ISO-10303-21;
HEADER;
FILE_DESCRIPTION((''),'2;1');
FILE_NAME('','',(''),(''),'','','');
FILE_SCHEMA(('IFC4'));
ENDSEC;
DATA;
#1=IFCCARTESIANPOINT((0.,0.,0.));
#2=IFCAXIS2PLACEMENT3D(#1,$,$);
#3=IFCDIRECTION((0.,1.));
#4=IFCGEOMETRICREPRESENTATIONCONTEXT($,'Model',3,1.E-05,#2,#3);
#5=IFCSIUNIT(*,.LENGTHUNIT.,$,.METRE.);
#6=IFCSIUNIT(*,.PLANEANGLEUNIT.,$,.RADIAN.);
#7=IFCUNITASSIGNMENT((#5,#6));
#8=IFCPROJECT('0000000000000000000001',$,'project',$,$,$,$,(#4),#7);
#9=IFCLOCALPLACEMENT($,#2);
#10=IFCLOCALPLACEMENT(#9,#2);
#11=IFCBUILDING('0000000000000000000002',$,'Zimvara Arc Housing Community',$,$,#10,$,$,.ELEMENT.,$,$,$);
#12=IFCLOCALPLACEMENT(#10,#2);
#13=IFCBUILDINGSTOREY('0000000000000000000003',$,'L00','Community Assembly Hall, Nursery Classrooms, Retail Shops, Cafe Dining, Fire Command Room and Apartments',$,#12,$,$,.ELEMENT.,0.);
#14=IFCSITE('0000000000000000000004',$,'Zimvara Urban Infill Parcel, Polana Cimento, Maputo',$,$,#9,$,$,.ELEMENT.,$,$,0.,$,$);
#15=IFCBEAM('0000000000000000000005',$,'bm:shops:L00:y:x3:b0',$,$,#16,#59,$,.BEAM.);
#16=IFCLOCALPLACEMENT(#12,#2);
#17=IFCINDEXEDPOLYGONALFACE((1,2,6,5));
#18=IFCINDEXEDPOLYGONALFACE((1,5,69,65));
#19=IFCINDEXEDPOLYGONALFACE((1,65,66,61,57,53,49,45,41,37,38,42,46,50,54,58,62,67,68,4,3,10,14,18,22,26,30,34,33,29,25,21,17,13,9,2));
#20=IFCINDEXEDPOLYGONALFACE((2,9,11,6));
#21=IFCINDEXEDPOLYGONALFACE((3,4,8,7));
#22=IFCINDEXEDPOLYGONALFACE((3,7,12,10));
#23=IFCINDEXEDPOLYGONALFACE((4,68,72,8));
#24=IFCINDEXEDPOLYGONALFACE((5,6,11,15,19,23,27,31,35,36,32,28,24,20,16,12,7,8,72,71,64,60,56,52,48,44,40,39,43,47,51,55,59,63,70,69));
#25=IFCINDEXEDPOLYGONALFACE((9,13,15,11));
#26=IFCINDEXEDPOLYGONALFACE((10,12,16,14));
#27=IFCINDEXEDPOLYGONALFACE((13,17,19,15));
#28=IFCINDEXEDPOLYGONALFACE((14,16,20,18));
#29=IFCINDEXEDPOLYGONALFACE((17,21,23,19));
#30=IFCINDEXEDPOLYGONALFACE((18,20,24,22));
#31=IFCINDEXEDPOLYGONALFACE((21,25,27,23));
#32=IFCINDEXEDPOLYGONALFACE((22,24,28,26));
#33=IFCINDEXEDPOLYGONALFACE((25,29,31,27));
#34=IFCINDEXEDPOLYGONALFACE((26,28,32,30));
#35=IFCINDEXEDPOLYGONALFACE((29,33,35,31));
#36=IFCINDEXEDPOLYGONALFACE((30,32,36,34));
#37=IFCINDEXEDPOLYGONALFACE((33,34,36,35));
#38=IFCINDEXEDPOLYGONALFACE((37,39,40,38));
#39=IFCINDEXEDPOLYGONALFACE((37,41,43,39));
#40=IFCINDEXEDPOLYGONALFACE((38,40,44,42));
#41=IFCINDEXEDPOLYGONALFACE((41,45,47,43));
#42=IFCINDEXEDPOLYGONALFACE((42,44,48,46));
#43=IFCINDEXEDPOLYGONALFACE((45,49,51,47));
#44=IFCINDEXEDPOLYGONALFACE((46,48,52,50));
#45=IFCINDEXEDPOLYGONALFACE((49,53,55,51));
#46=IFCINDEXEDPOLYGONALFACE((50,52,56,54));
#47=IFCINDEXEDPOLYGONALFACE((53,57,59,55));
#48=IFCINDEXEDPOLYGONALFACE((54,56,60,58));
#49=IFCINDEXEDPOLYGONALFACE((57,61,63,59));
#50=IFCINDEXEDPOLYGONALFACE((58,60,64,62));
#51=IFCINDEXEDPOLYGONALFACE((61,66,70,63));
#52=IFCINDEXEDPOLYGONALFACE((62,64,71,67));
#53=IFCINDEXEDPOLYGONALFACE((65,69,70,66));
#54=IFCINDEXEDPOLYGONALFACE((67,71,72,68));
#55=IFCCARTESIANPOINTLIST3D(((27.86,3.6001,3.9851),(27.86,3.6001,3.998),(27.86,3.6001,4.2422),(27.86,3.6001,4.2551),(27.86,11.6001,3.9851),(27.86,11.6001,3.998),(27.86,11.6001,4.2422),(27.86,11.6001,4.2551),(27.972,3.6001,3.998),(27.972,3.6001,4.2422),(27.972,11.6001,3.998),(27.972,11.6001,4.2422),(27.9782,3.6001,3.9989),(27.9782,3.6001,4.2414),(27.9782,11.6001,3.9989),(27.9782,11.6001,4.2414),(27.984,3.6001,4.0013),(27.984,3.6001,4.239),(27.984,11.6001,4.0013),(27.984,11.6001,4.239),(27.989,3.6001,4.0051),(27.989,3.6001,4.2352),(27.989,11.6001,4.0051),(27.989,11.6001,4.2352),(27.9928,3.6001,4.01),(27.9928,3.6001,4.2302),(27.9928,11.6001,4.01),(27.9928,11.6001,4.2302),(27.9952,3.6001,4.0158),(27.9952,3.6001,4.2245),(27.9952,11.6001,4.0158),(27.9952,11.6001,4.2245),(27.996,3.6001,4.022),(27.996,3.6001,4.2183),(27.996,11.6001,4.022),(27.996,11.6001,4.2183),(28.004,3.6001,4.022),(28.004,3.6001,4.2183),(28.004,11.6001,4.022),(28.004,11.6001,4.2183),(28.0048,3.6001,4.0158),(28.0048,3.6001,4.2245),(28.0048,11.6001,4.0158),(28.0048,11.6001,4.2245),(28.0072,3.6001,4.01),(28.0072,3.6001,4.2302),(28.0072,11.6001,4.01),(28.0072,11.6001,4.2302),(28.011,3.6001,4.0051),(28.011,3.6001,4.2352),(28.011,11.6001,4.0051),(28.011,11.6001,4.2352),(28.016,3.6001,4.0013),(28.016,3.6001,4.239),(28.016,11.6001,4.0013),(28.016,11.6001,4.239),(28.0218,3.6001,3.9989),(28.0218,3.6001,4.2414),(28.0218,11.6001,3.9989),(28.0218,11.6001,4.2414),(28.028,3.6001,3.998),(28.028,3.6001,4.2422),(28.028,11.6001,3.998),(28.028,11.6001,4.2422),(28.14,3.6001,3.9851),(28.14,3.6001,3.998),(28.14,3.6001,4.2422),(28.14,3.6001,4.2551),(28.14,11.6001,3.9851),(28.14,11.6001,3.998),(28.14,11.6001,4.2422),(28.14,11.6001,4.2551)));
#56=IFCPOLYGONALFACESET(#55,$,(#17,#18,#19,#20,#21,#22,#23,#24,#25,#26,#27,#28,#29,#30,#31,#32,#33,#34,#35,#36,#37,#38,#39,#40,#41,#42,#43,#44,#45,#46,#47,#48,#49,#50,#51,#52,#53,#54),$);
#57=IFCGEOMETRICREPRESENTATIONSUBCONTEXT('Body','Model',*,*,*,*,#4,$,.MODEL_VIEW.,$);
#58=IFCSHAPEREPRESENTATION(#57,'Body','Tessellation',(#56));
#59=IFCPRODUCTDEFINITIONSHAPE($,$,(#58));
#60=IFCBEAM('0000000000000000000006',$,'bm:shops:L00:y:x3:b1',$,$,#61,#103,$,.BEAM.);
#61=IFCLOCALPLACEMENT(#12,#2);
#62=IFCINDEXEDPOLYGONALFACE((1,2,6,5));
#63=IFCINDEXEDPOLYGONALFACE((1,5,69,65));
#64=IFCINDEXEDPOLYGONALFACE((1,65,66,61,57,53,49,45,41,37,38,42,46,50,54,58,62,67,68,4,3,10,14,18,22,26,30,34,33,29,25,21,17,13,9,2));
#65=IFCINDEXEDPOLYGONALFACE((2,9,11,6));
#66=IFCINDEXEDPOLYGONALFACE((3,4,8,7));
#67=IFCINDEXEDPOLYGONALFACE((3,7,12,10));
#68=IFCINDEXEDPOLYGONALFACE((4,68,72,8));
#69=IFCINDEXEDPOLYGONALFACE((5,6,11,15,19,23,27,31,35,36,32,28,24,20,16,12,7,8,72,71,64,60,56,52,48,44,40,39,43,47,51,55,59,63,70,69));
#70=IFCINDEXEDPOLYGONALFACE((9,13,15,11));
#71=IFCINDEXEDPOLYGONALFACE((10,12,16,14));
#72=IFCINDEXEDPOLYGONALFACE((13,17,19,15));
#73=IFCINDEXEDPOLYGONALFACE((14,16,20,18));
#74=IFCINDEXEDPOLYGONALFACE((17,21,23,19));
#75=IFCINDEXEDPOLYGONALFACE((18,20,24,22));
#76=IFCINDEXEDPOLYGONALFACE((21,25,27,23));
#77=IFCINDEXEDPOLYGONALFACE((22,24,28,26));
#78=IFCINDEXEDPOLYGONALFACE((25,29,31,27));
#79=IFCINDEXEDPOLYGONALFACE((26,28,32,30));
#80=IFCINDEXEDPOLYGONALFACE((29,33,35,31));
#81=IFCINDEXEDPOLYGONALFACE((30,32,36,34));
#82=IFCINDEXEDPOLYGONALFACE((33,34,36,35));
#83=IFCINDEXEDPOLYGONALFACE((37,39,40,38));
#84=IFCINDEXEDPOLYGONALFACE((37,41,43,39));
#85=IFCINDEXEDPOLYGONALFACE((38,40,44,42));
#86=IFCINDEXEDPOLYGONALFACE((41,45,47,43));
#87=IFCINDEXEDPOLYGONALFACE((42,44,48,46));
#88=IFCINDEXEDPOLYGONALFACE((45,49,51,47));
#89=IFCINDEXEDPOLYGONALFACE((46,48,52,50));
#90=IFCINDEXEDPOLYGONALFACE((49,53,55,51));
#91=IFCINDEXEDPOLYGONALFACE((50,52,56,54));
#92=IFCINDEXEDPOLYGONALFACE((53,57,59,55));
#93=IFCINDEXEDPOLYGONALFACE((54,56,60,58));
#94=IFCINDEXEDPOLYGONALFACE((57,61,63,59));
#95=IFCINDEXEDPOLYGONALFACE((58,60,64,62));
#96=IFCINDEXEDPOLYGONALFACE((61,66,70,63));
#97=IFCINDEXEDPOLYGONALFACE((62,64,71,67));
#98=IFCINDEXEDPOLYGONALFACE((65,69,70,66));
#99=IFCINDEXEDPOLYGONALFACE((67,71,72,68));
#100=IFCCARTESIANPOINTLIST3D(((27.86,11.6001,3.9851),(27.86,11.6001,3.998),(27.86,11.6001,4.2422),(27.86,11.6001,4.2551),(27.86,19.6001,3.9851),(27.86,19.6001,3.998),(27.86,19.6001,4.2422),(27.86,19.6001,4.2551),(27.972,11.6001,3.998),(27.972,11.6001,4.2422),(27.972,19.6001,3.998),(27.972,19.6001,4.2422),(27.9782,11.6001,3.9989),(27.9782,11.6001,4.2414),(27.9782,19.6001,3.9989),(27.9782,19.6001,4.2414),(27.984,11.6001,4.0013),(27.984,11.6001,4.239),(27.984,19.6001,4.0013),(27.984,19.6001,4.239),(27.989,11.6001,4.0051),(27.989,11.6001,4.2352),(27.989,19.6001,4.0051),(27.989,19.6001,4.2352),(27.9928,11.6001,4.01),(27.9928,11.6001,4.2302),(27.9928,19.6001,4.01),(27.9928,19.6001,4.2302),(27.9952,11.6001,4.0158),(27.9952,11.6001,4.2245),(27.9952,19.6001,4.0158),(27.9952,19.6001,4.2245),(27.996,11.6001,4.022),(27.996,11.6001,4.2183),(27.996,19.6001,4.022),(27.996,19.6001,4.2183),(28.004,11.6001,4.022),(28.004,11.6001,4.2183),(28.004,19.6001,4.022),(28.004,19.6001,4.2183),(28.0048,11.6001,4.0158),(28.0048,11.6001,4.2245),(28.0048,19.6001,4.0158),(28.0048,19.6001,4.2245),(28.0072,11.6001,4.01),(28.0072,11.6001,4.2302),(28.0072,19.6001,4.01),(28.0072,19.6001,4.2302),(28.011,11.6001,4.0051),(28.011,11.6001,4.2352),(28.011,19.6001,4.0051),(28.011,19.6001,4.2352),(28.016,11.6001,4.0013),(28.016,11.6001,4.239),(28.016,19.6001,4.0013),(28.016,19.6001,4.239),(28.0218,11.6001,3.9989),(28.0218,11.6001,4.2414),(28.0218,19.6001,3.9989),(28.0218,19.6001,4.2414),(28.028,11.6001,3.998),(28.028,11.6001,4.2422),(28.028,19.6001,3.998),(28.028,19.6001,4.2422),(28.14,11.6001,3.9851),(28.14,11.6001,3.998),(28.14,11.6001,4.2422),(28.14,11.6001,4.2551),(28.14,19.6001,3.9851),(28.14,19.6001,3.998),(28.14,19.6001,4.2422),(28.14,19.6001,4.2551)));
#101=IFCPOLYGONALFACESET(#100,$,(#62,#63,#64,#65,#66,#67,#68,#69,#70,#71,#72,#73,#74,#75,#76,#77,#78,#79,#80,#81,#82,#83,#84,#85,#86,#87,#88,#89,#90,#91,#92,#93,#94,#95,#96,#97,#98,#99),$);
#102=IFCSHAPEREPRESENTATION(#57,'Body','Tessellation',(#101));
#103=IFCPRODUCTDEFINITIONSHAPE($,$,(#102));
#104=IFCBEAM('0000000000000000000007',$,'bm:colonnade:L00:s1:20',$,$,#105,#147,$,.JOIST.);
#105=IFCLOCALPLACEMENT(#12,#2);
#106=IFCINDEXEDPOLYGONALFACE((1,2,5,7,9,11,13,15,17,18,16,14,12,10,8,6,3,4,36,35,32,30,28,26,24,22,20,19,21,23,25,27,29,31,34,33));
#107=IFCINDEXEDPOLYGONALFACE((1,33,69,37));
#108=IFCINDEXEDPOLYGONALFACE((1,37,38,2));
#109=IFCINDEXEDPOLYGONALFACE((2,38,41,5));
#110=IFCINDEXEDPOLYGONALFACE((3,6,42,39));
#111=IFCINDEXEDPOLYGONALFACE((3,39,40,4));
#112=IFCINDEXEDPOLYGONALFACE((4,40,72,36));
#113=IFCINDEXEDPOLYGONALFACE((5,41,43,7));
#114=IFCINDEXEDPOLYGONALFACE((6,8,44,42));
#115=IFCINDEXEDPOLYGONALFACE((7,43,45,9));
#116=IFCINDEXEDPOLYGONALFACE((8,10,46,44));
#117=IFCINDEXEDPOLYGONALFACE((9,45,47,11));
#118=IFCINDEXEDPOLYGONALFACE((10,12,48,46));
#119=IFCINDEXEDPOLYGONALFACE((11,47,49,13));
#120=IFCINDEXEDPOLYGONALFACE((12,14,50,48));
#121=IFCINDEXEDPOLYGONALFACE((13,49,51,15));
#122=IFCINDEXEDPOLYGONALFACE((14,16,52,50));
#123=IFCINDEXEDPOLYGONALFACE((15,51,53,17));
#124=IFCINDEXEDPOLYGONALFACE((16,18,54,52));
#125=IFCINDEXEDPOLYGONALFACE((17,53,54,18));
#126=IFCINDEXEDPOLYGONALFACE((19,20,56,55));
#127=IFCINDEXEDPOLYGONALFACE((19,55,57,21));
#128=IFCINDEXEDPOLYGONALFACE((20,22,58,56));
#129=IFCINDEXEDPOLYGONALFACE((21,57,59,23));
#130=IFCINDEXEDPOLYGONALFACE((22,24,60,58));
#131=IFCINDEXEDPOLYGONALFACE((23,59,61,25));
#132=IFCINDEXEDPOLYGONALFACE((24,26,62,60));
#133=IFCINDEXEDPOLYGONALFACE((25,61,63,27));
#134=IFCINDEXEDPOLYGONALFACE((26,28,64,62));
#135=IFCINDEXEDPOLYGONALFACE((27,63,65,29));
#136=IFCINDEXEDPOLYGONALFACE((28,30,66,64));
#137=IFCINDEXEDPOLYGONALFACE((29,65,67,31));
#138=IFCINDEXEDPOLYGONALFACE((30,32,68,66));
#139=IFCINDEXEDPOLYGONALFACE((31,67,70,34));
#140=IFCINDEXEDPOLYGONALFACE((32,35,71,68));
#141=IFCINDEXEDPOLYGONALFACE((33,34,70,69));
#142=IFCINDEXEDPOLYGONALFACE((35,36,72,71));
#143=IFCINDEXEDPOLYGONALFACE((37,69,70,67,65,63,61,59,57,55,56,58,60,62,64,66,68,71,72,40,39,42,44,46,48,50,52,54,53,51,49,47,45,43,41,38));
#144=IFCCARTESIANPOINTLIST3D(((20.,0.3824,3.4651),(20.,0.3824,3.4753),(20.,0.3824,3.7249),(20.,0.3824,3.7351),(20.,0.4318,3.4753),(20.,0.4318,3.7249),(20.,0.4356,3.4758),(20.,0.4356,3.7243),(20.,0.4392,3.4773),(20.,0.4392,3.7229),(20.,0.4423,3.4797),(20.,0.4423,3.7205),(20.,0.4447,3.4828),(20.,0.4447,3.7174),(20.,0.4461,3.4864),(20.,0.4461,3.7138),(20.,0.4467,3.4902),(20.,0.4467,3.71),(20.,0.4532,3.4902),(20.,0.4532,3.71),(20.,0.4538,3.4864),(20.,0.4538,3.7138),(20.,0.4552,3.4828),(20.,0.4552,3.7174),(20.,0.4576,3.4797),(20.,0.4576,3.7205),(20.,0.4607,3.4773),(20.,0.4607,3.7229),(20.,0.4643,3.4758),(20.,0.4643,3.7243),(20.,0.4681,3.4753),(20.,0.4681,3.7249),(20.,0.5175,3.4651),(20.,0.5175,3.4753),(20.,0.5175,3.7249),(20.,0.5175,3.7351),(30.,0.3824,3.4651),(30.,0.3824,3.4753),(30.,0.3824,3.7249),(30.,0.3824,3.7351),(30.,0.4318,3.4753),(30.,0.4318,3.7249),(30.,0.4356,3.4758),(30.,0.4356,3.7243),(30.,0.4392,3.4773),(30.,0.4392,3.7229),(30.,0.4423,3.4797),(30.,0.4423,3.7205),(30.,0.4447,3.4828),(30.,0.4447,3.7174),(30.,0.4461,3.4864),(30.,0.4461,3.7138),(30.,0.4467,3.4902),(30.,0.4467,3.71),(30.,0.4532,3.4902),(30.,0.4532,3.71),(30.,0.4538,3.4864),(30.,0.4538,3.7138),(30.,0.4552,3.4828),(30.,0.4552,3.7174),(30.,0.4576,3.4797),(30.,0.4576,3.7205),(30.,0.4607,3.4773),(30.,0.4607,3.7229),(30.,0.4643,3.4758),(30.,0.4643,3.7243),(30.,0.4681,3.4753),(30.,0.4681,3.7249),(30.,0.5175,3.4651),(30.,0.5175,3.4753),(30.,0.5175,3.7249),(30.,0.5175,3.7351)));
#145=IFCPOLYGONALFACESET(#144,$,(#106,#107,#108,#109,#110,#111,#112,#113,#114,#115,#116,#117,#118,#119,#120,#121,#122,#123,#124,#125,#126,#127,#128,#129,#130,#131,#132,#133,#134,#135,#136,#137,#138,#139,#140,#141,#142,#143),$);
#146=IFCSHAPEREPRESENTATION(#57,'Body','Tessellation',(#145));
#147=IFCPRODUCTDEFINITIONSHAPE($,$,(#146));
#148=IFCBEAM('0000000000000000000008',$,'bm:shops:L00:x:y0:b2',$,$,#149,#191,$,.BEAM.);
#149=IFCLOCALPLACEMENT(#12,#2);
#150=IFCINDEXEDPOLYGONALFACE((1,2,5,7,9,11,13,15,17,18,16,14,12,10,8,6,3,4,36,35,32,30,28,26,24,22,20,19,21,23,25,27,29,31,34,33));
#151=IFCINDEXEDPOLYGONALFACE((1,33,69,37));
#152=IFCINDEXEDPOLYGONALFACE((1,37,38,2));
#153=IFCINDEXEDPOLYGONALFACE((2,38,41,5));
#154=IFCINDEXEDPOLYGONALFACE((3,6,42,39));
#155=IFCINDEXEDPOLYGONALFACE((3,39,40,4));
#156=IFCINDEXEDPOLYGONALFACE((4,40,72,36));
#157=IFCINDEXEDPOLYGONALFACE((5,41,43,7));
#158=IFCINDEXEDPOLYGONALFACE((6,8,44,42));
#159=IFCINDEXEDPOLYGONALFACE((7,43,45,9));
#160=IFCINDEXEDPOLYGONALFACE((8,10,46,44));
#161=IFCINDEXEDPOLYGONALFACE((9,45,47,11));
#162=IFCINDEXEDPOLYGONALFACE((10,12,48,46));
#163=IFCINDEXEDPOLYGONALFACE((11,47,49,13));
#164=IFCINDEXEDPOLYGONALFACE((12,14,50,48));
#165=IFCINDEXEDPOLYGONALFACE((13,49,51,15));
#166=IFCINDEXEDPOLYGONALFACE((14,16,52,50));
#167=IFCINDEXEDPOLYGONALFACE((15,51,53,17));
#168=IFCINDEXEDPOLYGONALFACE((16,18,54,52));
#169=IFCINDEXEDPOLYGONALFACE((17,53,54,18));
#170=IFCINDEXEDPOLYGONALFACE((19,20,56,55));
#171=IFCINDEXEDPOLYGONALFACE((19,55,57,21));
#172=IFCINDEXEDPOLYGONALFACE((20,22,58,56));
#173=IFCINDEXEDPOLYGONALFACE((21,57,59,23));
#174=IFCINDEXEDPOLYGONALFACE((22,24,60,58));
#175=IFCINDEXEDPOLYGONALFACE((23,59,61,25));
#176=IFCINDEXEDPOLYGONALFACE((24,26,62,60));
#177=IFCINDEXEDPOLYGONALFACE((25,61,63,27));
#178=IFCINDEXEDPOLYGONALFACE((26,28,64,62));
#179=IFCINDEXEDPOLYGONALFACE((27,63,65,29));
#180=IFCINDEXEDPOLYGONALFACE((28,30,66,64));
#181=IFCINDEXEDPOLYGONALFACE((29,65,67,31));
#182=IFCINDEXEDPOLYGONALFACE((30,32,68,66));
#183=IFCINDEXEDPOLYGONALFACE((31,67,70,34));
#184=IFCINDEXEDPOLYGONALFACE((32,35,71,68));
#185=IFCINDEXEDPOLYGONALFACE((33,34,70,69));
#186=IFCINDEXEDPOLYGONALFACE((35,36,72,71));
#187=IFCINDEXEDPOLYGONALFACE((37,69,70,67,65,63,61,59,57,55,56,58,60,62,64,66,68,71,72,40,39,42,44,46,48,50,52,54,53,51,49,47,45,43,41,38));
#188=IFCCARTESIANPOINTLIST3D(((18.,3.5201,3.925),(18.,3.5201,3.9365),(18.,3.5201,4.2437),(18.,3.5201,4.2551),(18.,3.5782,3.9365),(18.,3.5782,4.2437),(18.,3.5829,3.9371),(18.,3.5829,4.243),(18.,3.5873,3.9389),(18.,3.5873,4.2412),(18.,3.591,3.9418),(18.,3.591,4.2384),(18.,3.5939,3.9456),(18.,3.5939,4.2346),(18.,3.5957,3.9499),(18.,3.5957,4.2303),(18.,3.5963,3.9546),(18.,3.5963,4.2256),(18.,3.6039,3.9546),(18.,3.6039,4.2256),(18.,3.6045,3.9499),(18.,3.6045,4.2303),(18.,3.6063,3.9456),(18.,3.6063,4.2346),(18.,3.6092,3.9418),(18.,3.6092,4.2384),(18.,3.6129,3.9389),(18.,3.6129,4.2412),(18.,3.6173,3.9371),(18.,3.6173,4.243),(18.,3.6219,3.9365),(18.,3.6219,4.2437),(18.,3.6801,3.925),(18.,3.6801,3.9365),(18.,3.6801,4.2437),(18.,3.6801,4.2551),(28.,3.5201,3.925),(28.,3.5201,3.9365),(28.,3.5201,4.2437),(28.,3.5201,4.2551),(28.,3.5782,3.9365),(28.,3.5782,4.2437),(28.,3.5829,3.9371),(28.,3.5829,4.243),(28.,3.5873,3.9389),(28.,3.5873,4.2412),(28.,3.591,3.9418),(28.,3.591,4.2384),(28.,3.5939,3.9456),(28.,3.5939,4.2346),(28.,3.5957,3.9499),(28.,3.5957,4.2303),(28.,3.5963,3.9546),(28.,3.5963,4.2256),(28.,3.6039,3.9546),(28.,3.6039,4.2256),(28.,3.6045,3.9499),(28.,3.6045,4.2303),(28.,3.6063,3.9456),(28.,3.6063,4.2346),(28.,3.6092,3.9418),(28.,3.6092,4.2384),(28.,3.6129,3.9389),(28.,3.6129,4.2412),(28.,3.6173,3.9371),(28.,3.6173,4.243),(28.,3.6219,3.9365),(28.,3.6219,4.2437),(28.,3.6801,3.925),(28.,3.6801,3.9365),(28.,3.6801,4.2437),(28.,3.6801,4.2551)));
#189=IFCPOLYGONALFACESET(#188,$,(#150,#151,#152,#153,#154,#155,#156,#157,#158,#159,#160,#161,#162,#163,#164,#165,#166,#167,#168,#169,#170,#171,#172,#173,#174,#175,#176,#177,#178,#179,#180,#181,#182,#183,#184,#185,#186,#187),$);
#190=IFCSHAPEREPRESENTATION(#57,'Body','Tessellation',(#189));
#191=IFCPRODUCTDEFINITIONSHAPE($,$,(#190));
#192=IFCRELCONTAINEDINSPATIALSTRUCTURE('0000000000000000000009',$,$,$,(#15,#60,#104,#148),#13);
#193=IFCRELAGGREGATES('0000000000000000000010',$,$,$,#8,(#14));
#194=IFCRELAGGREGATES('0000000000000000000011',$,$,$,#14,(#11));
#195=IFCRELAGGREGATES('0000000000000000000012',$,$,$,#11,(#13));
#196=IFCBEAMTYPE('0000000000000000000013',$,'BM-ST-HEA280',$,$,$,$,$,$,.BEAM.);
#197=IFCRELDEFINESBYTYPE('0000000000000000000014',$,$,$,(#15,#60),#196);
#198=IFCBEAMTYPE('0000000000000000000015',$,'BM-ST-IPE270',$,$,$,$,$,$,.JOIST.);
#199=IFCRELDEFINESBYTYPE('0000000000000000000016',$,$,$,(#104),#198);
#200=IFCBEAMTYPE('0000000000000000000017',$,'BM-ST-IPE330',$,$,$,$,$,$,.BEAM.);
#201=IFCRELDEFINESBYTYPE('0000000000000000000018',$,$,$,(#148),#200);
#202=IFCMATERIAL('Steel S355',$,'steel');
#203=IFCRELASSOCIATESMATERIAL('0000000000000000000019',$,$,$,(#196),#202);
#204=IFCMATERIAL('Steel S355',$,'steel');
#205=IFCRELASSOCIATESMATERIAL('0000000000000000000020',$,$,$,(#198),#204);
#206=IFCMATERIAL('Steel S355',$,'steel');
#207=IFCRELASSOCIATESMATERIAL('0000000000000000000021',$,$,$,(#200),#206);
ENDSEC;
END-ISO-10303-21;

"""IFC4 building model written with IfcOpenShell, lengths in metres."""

from ifc_helpers import new_model, si_unit, direction, frame, origin, origin_2d, place, context, subcontext, project, spatial, i_section, extrude, material, material_profile, profile_set, type_object, element, save


model = new_model("IFC4")

# Units and contexts
model_context = context("Model", 3, precision=1e-05, world=origin(), true_north=direction((0.0, 1.0)))
body_context = subcontext(model_context, "Body", "Model", "MODEL_VIEW")
ifc_project = project(units=[si_unit("LENGTHUNIT", "METRE"), si_unit("PLANEANGLEUNIT", "RADIAN")], contexts=[model_context])

# Site, building, storey
site_placement = place(None, origin())
site = spatial("IfcSite", under=ifc_project, at=site_placement, Name="Zimvara Urban Infill Parcel, Polana Cimento, Maputo", CompositionType="ELEMENT", RefElevation=0.0)
building_placement = place(site_placement, origin())
building = spatial("IfcBuilding", under=site, at=building_placement, Name="Zimvara Arc Housing Community", CompositionType="ELEMENT")
storey_placement = place(building_placement, origin())
storey = spatial("IfcBuildingStorey", under=building, at=storey_placement, Name="L00", Description="Community Assembly Hall, Nursery Classrooms, Retail Shops, Cafe Dining, Fire Command Room and Apartments", CompositionType="ELEMENT", Elevation=0.0)

# Beams
ifc_material_1 = material(Name="Steel S355", Category="steel")
ifc_material_profile_1 = material_profile(ifc_material_1, i_section(OverallWidth=0.28, OverallDepth=0.27, WebThickness=0.0081, FlangeThickness=0.0129, FilletRadius=0.0239, at=origin_2d()), Name="HEA 280")
ifc_profile_set_1 = profile_set([ifc_material_profile_1], Name="Steel S355")
beam_type_1 = type_object("IfcBeamType", Name="BM-ST-HEA280", PredefinedType="BEAM", material=ifc_profile_set_1)
for number, where, z_axis, x_axis, name in (
    (1, (28.0, 3.6001, 4.1201), (0.0, 1.0, 0.0), (-1.0, 0.0, 0.0), "bm:shops:L00:y:x3:b0"),
    (2, (28.0, 11.6001, 4.1201), (0.0, 1.0, 0.0), (-1.0, 0.0, 0.0), "bm:shops:L00:y:x3:b1"),
):
    element("IfcBeam", number, at=place(storey_placement, frame(where, z_axis=z_axis, x_axis=x_axis)), inside=storey, type_object=beam_type_1, Name=name, PredefinedType="BEAM", context=body_context, shape_type="SweptSolid", body=[
        extrude(i_section(OverallWidth=0.28, OverallDepth=0.27, WebThickness=0.0081, FlangeThickness=0.0129, FilletRadius=0.0239, at=origin_2d()), origin(), (0.0, 0.0, 1.0), 8.0),
    ])
ifc_material_2 = material(Name="Steel S355", Category="steel")
ifc_material_profile_2 = material_profile(ifc_material_2, i_section(OverallWidth=0.135, OverallDepth=0.27, WebThickness=0.0066, FlangeThickness=0.0103, FilletRadius=0.0149, at=origin_2d()), Name="IPE 270")
ifc_profile_set_2 = profile_set([ifc_material_profile_2], Name="Steel S355")
beam_type_2 = type_object("IfcBeamType", Name="BM-ST-IPE270", PredefinedType="JOIST", material=ifc_profile_set_2)
beam_placement = place(storey_placement, frame((20.0, 0.45, 3.6001), z_axis=(1.0, 0.0, 0.0), x_axis=(0.0, 1.0, 0.0)))
element("IfcBeam", 3, at=beam_placement, inside=storey, type_object=beam_type_2, Name="bm:colonnade:L00:s1:20", PredefinedType="JOIST", context=body_context, shape_type="SweptSolid", body=[
    extrude(i_section(OverallWidth=0.135, OverallDepth=0.27, WebThickness=0.0066, FlangeThickness=0.0103, FilletRadius=0.0149, at=origin_2d()), origin(), (0.0, 0.0, 1.0), 10.0),
])
ifc_material_3 = material(Name="Steel S355", Category="steel")
ifc_material_profile_3 = material_profile(ifc_material_3, i_section(OverallWidth=0.1599, OverallDepth=0.3301, WebThickness=0.0076, FlangeThickness=0.0115, FilletRadius=0.0181, at=origin_2d()), Name="IPE 330")
ifc_profile_set_3 = profile_set([ifc_material_profile_3], Name="Steel S355")
beam_type_3 = type_object("IfcBeamType", Name="BM-ST-IPE330", PredefinedType="BEAM", material=ifc_profile_set_3)
for number, where, z_axis, x_axis, name in (
    (4, (18.0, 3.6001, 4.0901), (1.0, 0.0, 0.0), (0.0, 1.0, 0.0), "bm:shops:L00:x:y0:b2"),
):
    element("IfcBeam", number, at=place(storey_placement, frame(where, z_axis=z_axis, x_axis=x_axis)), inside=storey, type_object=beam_type_3, Name=name, PredefinedType="BEAM", context=body_context, shape_type="SweptSolid", body=[
        extrude(i_section(OverallWidth=0.1599, OverallDepth=0.3301, WebThickness=0.0076, FlangeThickness=0.0115, FilletRadius=0.0181, at=origin_2d()), origin(), (0.0, 0.0, 1.0), 10.0),
    ])

save(model, "model.ifc")
